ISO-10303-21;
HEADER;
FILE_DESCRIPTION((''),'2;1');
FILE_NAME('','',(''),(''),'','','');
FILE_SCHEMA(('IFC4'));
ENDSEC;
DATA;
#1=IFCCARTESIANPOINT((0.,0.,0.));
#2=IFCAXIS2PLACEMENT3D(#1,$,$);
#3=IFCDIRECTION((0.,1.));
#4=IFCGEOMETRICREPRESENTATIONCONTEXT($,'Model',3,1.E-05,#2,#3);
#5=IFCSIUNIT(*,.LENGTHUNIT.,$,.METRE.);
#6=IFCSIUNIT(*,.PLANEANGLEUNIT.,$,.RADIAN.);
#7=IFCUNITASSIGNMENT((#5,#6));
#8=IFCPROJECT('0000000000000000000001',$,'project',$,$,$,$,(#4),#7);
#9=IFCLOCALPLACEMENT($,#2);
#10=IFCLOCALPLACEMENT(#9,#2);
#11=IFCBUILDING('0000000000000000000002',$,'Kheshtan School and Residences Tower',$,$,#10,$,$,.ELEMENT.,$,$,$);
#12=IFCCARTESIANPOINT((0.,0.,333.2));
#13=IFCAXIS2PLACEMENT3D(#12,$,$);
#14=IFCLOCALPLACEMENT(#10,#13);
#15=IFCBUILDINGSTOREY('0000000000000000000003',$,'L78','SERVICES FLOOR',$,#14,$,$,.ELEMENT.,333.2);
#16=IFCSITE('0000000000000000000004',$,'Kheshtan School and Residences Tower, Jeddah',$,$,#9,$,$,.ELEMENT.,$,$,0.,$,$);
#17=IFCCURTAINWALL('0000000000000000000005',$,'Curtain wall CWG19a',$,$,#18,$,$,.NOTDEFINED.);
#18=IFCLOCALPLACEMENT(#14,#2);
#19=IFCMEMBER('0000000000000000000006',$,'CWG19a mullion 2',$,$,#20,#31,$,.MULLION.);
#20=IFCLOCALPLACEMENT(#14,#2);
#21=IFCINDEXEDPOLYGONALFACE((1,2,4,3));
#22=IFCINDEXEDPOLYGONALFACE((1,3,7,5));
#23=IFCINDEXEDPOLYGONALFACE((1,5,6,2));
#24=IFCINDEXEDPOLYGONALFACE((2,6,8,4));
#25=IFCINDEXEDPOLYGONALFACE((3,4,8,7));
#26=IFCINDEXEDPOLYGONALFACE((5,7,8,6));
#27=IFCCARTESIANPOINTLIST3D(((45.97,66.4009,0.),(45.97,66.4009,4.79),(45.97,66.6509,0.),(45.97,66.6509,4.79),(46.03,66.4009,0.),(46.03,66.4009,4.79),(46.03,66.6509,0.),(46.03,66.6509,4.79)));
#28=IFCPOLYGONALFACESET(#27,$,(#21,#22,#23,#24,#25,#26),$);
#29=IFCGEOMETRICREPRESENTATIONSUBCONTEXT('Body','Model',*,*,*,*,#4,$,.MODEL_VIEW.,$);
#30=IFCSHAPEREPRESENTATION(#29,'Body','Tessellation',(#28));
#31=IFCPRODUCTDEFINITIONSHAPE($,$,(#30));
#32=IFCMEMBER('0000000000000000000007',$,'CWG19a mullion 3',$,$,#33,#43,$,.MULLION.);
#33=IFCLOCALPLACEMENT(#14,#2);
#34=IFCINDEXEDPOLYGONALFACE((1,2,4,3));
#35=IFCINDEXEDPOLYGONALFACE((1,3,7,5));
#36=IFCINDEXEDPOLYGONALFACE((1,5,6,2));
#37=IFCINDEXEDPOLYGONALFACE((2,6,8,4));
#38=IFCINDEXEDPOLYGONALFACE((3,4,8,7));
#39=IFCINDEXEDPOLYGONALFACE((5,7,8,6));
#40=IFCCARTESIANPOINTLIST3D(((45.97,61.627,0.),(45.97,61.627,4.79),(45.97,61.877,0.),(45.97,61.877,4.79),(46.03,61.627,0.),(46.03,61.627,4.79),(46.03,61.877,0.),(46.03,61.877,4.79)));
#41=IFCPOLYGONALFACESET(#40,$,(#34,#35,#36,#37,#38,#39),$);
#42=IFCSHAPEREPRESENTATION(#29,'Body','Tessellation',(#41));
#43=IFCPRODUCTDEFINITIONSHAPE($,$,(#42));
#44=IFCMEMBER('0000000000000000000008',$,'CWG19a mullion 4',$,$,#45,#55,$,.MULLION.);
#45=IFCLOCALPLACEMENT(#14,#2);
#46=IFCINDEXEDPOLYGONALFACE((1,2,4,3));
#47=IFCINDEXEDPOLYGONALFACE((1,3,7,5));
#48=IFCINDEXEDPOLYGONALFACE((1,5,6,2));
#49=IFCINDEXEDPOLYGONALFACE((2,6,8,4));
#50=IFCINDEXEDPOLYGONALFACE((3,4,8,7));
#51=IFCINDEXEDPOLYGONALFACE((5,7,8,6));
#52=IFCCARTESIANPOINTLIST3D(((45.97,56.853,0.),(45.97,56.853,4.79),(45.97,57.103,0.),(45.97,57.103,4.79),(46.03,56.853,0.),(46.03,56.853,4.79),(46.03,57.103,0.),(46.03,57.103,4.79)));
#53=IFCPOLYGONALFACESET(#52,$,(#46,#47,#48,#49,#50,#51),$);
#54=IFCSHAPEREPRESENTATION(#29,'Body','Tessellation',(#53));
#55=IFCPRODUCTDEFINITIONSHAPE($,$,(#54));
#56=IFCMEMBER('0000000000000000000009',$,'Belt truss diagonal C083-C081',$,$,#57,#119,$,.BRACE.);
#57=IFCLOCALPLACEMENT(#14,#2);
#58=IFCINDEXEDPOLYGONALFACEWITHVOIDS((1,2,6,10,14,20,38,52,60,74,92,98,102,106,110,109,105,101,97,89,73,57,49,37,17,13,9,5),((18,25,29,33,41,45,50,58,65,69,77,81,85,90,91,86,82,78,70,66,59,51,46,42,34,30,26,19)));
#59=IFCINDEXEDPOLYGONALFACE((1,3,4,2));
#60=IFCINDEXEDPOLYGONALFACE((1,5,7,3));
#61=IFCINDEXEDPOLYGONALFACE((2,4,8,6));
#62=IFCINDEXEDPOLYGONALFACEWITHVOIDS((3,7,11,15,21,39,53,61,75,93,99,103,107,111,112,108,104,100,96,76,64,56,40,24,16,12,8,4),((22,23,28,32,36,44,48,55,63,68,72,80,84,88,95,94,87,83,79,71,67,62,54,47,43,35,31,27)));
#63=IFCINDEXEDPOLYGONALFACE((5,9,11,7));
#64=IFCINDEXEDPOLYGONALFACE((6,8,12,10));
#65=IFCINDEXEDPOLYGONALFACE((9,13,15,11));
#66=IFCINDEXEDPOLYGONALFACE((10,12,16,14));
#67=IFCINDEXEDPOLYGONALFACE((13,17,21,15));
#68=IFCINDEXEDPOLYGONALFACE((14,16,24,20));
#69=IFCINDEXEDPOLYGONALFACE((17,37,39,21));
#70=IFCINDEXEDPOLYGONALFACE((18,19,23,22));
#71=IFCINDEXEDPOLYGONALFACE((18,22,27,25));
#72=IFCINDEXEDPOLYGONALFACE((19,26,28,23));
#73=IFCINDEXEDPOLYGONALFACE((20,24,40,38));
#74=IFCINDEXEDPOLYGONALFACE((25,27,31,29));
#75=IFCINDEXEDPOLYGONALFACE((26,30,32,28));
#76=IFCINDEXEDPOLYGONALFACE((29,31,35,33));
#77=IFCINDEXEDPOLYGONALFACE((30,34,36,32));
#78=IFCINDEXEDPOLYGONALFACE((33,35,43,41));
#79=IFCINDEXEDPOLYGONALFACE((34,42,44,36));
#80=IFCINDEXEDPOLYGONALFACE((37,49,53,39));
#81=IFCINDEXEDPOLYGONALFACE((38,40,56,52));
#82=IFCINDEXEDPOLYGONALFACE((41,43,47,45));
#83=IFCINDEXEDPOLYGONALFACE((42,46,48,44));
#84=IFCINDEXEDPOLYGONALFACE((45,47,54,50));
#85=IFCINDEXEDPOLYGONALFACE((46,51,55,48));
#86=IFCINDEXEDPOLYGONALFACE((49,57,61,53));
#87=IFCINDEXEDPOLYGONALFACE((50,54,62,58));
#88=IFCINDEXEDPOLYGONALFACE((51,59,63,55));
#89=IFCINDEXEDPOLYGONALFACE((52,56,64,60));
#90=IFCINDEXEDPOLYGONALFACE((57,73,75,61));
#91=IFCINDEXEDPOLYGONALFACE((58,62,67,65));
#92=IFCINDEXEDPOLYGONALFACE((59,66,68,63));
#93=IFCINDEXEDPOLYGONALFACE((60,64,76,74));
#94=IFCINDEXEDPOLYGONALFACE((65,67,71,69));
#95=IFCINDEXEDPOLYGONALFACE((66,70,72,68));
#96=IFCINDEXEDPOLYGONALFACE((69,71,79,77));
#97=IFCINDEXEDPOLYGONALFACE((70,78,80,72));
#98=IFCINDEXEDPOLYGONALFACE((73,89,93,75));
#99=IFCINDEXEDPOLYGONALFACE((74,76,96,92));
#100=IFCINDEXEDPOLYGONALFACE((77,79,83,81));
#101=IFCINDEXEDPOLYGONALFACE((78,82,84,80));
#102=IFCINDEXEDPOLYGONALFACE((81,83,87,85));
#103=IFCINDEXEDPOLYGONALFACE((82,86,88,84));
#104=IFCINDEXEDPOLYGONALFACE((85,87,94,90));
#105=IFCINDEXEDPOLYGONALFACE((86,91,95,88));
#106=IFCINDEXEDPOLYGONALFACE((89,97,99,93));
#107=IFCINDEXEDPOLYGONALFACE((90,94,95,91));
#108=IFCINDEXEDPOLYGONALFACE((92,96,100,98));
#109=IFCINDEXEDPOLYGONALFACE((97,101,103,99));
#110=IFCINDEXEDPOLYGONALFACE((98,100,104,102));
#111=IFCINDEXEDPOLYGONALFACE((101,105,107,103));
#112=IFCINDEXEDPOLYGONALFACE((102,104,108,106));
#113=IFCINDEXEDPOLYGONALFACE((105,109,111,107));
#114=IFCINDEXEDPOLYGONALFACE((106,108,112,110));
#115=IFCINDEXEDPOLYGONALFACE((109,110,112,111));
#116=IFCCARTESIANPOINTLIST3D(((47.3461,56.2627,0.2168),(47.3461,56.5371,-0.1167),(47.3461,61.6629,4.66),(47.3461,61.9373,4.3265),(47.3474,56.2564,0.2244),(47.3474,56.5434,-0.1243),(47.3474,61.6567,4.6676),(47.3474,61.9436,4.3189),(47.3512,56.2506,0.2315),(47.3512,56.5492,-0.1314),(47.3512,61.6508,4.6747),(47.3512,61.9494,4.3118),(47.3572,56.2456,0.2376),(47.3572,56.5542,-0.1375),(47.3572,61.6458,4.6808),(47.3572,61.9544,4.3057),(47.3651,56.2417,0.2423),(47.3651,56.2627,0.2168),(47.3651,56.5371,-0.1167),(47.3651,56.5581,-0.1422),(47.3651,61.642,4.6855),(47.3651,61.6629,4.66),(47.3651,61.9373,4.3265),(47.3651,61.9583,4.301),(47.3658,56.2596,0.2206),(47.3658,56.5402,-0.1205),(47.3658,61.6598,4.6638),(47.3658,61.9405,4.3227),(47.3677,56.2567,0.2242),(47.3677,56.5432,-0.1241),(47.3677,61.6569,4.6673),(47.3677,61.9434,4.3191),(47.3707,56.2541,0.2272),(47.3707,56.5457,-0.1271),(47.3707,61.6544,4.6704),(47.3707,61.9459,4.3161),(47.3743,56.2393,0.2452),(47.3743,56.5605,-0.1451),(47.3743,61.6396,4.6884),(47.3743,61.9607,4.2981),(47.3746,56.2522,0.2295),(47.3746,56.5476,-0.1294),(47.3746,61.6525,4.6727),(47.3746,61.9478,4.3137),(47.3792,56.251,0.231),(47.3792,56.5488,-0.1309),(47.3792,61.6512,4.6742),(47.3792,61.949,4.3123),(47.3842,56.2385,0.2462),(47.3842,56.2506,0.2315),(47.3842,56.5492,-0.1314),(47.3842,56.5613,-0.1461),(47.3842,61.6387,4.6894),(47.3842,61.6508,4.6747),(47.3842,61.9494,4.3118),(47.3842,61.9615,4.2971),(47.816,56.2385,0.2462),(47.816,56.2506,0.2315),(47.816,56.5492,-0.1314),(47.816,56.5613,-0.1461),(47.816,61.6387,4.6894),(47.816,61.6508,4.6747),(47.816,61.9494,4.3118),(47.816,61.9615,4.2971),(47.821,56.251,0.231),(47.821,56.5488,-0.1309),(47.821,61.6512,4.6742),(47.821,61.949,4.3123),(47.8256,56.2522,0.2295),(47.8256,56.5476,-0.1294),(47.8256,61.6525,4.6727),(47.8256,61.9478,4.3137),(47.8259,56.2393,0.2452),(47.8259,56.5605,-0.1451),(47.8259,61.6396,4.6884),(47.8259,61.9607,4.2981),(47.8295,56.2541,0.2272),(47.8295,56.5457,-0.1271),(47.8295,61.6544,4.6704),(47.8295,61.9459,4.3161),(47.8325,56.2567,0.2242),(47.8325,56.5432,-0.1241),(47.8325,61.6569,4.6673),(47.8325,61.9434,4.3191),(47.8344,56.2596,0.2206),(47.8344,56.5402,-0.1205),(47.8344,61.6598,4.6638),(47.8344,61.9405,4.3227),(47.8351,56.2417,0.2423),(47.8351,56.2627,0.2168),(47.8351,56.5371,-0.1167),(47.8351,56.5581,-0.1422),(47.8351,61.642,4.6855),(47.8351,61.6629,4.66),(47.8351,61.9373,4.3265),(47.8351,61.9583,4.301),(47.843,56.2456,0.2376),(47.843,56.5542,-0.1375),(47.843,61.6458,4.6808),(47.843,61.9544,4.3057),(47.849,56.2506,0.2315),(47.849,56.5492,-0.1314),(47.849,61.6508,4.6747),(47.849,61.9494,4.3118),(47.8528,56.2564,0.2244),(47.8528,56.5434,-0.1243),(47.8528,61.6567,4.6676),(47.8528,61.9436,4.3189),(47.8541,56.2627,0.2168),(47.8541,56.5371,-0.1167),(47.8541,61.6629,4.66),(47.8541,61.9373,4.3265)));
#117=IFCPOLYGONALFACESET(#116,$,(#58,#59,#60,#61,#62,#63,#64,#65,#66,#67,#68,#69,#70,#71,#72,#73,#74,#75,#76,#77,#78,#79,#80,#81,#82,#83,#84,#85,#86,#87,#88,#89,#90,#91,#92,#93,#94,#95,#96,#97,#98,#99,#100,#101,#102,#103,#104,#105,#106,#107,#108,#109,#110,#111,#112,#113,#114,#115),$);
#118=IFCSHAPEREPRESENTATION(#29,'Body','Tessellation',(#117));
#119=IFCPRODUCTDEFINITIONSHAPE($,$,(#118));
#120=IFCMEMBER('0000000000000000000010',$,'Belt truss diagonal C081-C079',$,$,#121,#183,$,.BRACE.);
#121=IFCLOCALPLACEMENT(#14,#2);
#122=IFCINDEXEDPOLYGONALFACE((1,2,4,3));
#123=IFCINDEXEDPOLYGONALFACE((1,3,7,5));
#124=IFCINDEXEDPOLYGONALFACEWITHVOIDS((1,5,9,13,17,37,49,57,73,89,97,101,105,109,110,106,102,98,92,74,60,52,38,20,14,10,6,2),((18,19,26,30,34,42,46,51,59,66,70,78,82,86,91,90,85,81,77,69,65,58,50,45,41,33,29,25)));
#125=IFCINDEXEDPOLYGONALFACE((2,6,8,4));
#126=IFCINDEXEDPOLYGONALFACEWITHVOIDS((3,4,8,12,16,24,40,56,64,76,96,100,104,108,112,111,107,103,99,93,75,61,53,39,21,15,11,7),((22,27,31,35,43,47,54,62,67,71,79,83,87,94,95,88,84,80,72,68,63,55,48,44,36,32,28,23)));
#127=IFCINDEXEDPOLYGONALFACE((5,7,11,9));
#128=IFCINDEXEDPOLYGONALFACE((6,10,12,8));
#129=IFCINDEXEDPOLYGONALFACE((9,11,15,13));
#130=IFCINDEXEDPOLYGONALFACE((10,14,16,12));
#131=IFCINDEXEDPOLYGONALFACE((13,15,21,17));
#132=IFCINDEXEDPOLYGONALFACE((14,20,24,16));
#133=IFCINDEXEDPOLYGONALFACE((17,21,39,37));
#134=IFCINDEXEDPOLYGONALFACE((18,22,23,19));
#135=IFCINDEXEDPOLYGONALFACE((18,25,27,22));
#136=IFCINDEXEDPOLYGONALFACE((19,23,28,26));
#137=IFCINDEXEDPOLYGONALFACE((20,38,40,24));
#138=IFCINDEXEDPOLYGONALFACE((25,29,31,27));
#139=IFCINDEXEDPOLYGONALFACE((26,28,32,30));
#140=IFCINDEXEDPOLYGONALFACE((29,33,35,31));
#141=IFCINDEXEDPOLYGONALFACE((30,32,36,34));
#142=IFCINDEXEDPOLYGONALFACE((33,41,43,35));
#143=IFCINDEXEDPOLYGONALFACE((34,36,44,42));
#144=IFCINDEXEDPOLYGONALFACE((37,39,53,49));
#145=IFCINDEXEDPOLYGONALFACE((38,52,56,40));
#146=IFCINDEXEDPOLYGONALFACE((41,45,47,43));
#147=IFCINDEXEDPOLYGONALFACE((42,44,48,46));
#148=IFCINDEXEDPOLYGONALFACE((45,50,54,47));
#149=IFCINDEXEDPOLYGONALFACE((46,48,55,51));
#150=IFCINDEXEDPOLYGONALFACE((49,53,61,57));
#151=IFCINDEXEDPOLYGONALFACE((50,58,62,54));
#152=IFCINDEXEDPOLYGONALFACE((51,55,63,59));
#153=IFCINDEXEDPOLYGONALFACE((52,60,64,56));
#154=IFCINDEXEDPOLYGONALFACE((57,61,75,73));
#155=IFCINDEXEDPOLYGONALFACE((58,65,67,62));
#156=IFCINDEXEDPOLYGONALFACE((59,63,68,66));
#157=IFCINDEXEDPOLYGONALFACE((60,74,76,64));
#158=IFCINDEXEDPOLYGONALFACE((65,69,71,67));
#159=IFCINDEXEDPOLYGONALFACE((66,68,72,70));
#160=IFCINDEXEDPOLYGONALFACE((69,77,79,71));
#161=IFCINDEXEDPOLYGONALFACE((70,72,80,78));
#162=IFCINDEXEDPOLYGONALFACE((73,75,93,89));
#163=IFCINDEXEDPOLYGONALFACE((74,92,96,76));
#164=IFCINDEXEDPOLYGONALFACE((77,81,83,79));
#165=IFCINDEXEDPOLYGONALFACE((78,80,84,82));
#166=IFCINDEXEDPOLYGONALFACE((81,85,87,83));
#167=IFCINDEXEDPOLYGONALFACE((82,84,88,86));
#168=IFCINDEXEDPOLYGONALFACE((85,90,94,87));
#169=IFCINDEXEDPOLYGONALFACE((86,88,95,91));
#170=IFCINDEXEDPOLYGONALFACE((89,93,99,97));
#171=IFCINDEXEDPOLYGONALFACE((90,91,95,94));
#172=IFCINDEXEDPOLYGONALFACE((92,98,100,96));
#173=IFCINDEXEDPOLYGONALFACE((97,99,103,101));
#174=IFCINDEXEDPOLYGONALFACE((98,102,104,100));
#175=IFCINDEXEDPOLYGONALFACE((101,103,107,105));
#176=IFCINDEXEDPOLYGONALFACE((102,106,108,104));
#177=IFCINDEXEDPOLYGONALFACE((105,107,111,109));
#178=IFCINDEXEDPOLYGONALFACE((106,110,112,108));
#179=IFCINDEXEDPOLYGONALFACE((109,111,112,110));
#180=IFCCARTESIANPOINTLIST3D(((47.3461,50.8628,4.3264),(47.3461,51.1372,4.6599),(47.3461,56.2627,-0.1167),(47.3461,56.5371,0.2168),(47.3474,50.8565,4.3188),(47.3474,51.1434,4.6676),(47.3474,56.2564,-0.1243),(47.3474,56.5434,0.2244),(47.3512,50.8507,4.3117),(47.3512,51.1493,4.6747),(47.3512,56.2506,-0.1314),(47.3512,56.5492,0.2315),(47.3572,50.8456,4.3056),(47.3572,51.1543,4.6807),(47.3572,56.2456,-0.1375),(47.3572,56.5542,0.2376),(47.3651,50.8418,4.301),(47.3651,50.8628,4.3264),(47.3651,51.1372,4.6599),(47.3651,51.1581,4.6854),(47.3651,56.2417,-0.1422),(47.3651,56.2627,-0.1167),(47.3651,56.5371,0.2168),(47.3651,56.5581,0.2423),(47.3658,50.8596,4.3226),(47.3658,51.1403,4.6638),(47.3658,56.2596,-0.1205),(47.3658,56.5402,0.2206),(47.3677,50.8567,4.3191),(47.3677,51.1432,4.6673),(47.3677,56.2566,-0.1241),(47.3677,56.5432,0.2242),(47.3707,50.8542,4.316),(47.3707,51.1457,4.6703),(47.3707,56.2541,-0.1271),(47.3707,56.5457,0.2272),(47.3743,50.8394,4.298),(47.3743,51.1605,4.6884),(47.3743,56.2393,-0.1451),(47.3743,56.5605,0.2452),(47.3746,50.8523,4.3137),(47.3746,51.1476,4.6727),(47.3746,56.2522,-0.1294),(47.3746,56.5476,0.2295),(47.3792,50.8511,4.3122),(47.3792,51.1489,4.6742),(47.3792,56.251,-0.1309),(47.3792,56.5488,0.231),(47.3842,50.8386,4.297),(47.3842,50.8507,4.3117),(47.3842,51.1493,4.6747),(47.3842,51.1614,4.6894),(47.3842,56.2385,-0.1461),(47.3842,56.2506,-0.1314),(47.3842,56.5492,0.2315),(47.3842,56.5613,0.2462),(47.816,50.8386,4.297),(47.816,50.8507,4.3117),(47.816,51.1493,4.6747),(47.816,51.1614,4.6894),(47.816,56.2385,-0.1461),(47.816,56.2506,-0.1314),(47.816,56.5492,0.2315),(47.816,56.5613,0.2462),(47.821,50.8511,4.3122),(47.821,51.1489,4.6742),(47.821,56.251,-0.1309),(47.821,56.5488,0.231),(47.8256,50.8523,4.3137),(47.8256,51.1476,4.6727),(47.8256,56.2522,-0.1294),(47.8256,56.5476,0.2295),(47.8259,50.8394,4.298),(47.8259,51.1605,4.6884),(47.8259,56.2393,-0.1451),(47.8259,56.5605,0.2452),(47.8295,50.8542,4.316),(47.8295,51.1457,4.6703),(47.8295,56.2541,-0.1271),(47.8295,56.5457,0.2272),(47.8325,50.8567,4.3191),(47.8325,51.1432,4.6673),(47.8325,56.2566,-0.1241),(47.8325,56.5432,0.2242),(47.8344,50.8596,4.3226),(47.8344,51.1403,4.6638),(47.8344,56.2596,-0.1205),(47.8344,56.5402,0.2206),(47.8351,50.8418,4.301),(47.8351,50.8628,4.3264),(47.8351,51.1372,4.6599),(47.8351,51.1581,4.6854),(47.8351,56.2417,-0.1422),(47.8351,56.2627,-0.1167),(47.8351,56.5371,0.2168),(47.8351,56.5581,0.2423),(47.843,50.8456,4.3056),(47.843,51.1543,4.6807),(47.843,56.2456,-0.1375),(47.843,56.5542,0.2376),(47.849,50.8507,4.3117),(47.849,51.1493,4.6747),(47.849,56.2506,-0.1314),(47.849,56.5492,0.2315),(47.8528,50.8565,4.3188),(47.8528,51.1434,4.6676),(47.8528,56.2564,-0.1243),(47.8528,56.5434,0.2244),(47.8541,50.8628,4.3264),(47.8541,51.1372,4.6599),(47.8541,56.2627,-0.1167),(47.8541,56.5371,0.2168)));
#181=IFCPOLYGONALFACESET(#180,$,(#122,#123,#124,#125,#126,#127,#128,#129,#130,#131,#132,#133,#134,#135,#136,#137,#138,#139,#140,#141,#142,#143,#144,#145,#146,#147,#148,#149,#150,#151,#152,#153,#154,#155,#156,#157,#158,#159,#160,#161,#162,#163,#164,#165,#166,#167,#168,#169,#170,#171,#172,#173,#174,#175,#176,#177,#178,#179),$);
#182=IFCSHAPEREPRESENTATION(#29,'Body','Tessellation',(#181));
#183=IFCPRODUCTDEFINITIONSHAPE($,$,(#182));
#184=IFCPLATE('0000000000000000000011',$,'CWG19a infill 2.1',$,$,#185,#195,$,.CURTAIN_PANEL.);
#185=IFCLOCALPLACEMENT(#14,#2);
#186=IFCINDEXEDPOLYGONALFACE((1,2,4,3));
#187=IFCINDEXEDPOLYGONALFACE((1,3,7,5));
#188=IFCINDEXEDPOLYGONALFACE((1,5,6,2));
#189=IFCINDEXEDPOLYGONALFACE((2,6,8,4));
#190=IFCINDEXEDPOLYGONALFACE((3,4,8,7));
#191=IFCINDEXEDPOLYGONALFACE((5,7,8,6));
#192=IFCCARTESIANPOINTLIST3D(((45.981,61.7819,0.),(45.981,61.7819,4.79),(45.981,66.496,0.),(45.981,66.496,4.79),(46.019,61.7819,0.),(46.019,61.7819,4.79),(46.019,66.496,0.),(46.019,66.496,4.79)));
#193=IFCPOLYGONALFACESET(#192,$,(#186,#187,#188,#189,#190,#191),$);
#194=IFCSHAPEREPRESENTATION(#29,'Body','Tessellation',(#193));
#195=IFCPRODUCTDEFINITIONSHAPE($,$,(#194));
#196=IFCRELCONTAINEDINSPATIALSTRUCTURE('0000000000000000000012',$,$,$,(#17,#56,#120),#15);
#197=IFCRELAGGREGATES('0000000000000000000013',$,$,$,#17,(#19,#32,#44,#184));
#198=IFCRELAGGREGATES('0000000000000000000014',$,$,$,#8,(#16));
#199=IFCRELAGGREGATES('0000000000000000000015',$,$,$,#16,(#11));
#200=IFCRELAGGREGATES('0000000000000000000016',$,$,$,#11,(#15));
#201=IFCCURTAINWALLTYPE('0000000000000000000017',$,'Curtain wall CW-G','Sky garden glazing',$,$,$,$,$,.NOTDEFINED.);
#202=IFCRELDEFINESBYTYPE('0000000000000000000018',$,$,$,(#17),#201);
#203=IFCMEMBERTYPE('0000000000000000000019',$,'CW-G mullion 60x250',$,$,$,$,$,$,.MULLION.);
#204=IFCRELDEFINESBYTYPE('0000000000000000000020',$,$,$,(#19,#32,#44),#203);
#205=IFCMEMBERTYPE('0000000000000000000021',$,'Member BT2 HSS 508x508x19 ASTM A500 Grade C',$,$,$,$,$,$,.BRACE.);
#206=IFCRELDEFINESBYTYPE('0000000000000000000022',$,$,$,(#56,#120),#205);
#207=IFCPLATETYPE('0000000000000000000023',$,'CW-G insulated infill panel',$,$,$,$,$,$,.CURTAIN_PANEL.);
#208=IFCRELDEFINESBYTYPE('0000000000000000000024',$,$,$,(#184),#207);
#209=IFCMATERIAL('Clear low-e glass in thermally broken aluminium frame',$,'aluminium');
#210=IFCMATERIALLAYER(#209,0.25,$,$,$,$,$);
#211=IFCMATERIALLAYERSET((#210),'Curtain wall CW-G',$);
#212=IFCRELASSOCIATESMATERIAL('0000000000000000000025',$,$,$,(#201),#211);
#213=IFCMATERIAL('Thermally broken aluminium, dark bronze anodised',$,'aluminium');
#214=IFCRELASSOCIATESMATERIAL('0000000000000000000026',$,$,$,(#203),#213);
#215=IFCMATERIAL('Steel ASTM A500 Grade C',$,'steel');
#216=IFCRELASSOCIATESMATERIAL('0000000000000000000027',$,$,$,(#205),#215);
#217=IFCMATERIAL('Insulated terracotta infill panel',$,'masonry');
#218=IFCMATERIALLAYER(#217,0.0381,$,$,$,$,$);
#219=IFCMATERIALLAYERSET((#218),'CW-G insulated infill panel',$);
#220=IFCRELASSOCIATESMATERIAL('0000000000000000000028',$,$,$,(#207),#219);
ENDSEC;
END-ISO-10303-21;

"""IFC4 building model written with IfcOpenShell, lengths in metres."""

from ifc_helpers import new_model, si_unit, direction, frame, origin, origin_2d, place, context, subcontext, project, spatial, rectangle, hollow_rectangle, extrude, material, layer, layer_set, material_profile, profile_set, type_object, element, aggregate, save


model = new_model("IFC4")

# Units and contexts
model_context = context("Model", 3, precision=1e-05, world=origin(), true_north=direction((0.0, 1.0)))
body_context = subcontext(model_context, "Body", "Model", "MODEL_VIEW")
ifc_project = project(units=[si_unit("LENGTHUNIT", "METRE"), si_unit("PLANEANGLEUNIT", "RADIAN")], contexts=[model_context])

# Site, building, storey
site_placement = place(None, origin())
site = spatial("IfcSite", under=ifc_project, at=site_placement, Name="Kheshtan School and Residences Tower, Jeddah", CompositionType="ELEMENT", RefElevation=0.0)
building_placement = place(site_placement, origin())
building = spatial("IfcBuilding", under=site, at=building_placement, Name="Kheshtan School and Residences Tower", CompositionType="ELEMENT")
storey_placement = place(building_placement, frame((0.0, 0.0, 333.2)))
storey = spatial("IfcBuildingStorey", under=building, at=storey_placement, Name="L78", Description="SERVICES FLOOR", CompositionType="ELEMENT", Elevation=333.2)

# Curtain wall, members
ifc_material_1 = material(Name="Clear low-e glass in thermally broken aluminium frame", Category="aluminium")
ifc_layer_1 = layer(ifc_material_1, 0.25)
ifc_layer_set_1 = layer_set([ifc_layer_1], Name="Curtain wall CW-G")
curtain_wall_type = type_object("IfcCurtainWallType", Name="Curtain wall CW-G", Description="Sky garden glazing", PredefinedType="NOTDEFINED", material=ifc_layer_set_1)
curtain_wall_placement = place(storey_placement, origin())
curtain_wall = element("IfcCurtainWall", 1, at=curtain_wall_placement, inside=storey, type_object=curtain_wall_type, Name="Curtain wall CWG19a", PredefinedType="NOTDEFINED")
ifc_material_2 = material(Name="Thermally broken aluminium, dark bronze anodised", Category="aluminium")
ifc_material_profile_1 = material_profile(ifc_material_2, rectangle(XDim=0.0601, YDim=0.25, at=origin_2d()), Name="CW-G mullion 60x250")
ifc_profile_set_1 = profile_set([ifc_material_profile_1], Name="Thermally broken aluminium, dark bronze anodised")
member_type_1 = type_object("IfcMemberType", Name="CW-G mullion 60x250", PredefinedType="MULLION", material=ifc_profile_set_1)
member_1_placement = place(storey_placement, frame((46.0, 66.5259, 0.0), z_axis=(0.0, 0.0, 1.0), x_axis=(1.0, 0.0, 0.0)))
member_1 = element("IfcMember", 2, at=member_1_placement, type_object=member_type_1, Name="CWG19a mullion 2", PredefinedType="MULLION", context=body_context, shape_type="SweptSolid", body=[
    extrude(rectangle(XDim=0.0601, YDim=0.25, at=origin_2d()), origin(), (0.0, 0.0, 1.0), 4.79),
])
member_2_placement = place(storey_placement, frame((46.0, 61.752, 0.0), z_axis=(0.0, 0.0, 1.0), x_axis=(1.0, 0.0, 0.0)))
member_2 = element("IfcMember", 3, at=member_2_placement, type_object=member_type_1, Name="CWG19a mullion 3", PredefinedType="MULLION", context=body_context, shape_type="SweptSolid", body=[
    extrude(rectangle(XDim=0.0601, YDim=0.25, at=origin_2d()), origin(), (0.0, 0.0, 1.0), 4.79),
])
member_3_placement = place(storey_placement, frame((46.0, 56.978, 0.0), z_axis=(0.0, 0.0, 1.0), x_axis=(1.0, 0.0, 0.0)))
member_3 = element("IfcMember", 4, at=member_3_placement, type_object=member_type_1, Name="CWG19a mullion 4", PredefinedType="MULLION", context=body_context, shape_type="SweptSolid", body=[
    extrude(rectangle(XDim=0.0601, YDim=0.25, at=origin_2d()), origin(), (0.0, 0.0, 1.0), 4.79),
])

# Members
ifc_material_3 = material(Name="Steel ASTM A500 Grade C", Category="steel")
ifc_material_profile_2 = material_profile(ifc_material_3, hollow_rectangle(XDim=0.5081, YDim=0.5081, WallThickness=0.019, InnerFilletRadius=0.019, OuterFilletRadius=0.0381, at=origin_2d()), Name="HSS 508x508x19")
ifc_profile_set_2 = profile_set([ifc_material_profile_2], Name="Steel ASTM A500 Grade C")
member_type_2 = type_object("IfcMemberType", Name="Member BT2 HSS 508x508x19 ASTM A500 Grade C", PredefinedType="BRACE", material=ifc_profile_set_2)
member_4_placement = place(storey_placement, frame((47.6001, 56.3999, 0.05), z_axis=(0.0, 0.772215, 0.635361), x_axis=(-1.0, 0.0, 0.0)))
element("IfcMember", 5, at=member_4_placement, inside=storey, type_object=member_type_2, Name="Belt truss diagonal C083-C081", PredefinedType="BRACE", context=body_context, shape_type="SweptSolid", body=[
    extrude(hollow_rectangle(XDim=0.5081, YDim=0.5081, WallThickness=0.019, InnerFilletRadius=0.019, OuterFilletRadius=0.0381, at=origin_2d()), origin(), (0.0, 0.0, 1.0), 6.9932),
])
member_5_placement = place(storey_placement, frame((47.6001, 56.3999, 0.05), z_axis=(0.0, -0.772201, 0.635378), x_axis=(1.0, 0.0, 0.0)))
element("IfcMember", 6, at=member_5_placement, inside=storey, type_object=member_type_2, Name="Belt truss diagonal C081-C079", PredefinedType="BRACE", context=body_context, shape_type="SweptSolid", body=[
    extrude(hollow_rectangle(XDim=0.5081, YDim=0.5081, WallThickness=0.019, InnerFilletRadius=0.019, OuterFilletRadius=0.0381, at=origin_2d()), origin(), (0.0, 0.0, 1.0), 6.9929),
])

# Plate
ifc_material_4 = material(Name="Insulated terracotta infill panel", Category="masonry")
ifc_layer_2 = layer(ifc_material_4, 0.0381)
ifc_layer_set_2 = layer_set([ifc_layer_2], Name="CW-G insulated infill panel")
plate_type_1 = type_object("IfcPlateType", Name="CW-G insulated infill panel", PredefinedType="CURTAIN_PANEL", material=ifc_layer_set_2)
plate_1_placement = place(storey_placement, frame((46.0, 64.1389, 0.0), z_axis=(0.0, 0.0, 1.0), x_axis=(0.0, -1.0, 0.0)))
plate_1 = element("IfcPlate", 7, at=plate_1_placement, type_object=plate_type_1, Name="CWG19a infill 2.1", PredefinedType="CURTAIN_PANEL", context=body_context, shape_type="SweptSolid", body=[
    extrude(rectangle(XDim=4.7141, YDim=0.0381, at=origin_2d()), origin(), (0.0, 0.0, 1.0), 4.79),
])
aggregate(curtain_wall, [member_1, member_2, member_3, plate_1])

save(model, "model.ifc")
